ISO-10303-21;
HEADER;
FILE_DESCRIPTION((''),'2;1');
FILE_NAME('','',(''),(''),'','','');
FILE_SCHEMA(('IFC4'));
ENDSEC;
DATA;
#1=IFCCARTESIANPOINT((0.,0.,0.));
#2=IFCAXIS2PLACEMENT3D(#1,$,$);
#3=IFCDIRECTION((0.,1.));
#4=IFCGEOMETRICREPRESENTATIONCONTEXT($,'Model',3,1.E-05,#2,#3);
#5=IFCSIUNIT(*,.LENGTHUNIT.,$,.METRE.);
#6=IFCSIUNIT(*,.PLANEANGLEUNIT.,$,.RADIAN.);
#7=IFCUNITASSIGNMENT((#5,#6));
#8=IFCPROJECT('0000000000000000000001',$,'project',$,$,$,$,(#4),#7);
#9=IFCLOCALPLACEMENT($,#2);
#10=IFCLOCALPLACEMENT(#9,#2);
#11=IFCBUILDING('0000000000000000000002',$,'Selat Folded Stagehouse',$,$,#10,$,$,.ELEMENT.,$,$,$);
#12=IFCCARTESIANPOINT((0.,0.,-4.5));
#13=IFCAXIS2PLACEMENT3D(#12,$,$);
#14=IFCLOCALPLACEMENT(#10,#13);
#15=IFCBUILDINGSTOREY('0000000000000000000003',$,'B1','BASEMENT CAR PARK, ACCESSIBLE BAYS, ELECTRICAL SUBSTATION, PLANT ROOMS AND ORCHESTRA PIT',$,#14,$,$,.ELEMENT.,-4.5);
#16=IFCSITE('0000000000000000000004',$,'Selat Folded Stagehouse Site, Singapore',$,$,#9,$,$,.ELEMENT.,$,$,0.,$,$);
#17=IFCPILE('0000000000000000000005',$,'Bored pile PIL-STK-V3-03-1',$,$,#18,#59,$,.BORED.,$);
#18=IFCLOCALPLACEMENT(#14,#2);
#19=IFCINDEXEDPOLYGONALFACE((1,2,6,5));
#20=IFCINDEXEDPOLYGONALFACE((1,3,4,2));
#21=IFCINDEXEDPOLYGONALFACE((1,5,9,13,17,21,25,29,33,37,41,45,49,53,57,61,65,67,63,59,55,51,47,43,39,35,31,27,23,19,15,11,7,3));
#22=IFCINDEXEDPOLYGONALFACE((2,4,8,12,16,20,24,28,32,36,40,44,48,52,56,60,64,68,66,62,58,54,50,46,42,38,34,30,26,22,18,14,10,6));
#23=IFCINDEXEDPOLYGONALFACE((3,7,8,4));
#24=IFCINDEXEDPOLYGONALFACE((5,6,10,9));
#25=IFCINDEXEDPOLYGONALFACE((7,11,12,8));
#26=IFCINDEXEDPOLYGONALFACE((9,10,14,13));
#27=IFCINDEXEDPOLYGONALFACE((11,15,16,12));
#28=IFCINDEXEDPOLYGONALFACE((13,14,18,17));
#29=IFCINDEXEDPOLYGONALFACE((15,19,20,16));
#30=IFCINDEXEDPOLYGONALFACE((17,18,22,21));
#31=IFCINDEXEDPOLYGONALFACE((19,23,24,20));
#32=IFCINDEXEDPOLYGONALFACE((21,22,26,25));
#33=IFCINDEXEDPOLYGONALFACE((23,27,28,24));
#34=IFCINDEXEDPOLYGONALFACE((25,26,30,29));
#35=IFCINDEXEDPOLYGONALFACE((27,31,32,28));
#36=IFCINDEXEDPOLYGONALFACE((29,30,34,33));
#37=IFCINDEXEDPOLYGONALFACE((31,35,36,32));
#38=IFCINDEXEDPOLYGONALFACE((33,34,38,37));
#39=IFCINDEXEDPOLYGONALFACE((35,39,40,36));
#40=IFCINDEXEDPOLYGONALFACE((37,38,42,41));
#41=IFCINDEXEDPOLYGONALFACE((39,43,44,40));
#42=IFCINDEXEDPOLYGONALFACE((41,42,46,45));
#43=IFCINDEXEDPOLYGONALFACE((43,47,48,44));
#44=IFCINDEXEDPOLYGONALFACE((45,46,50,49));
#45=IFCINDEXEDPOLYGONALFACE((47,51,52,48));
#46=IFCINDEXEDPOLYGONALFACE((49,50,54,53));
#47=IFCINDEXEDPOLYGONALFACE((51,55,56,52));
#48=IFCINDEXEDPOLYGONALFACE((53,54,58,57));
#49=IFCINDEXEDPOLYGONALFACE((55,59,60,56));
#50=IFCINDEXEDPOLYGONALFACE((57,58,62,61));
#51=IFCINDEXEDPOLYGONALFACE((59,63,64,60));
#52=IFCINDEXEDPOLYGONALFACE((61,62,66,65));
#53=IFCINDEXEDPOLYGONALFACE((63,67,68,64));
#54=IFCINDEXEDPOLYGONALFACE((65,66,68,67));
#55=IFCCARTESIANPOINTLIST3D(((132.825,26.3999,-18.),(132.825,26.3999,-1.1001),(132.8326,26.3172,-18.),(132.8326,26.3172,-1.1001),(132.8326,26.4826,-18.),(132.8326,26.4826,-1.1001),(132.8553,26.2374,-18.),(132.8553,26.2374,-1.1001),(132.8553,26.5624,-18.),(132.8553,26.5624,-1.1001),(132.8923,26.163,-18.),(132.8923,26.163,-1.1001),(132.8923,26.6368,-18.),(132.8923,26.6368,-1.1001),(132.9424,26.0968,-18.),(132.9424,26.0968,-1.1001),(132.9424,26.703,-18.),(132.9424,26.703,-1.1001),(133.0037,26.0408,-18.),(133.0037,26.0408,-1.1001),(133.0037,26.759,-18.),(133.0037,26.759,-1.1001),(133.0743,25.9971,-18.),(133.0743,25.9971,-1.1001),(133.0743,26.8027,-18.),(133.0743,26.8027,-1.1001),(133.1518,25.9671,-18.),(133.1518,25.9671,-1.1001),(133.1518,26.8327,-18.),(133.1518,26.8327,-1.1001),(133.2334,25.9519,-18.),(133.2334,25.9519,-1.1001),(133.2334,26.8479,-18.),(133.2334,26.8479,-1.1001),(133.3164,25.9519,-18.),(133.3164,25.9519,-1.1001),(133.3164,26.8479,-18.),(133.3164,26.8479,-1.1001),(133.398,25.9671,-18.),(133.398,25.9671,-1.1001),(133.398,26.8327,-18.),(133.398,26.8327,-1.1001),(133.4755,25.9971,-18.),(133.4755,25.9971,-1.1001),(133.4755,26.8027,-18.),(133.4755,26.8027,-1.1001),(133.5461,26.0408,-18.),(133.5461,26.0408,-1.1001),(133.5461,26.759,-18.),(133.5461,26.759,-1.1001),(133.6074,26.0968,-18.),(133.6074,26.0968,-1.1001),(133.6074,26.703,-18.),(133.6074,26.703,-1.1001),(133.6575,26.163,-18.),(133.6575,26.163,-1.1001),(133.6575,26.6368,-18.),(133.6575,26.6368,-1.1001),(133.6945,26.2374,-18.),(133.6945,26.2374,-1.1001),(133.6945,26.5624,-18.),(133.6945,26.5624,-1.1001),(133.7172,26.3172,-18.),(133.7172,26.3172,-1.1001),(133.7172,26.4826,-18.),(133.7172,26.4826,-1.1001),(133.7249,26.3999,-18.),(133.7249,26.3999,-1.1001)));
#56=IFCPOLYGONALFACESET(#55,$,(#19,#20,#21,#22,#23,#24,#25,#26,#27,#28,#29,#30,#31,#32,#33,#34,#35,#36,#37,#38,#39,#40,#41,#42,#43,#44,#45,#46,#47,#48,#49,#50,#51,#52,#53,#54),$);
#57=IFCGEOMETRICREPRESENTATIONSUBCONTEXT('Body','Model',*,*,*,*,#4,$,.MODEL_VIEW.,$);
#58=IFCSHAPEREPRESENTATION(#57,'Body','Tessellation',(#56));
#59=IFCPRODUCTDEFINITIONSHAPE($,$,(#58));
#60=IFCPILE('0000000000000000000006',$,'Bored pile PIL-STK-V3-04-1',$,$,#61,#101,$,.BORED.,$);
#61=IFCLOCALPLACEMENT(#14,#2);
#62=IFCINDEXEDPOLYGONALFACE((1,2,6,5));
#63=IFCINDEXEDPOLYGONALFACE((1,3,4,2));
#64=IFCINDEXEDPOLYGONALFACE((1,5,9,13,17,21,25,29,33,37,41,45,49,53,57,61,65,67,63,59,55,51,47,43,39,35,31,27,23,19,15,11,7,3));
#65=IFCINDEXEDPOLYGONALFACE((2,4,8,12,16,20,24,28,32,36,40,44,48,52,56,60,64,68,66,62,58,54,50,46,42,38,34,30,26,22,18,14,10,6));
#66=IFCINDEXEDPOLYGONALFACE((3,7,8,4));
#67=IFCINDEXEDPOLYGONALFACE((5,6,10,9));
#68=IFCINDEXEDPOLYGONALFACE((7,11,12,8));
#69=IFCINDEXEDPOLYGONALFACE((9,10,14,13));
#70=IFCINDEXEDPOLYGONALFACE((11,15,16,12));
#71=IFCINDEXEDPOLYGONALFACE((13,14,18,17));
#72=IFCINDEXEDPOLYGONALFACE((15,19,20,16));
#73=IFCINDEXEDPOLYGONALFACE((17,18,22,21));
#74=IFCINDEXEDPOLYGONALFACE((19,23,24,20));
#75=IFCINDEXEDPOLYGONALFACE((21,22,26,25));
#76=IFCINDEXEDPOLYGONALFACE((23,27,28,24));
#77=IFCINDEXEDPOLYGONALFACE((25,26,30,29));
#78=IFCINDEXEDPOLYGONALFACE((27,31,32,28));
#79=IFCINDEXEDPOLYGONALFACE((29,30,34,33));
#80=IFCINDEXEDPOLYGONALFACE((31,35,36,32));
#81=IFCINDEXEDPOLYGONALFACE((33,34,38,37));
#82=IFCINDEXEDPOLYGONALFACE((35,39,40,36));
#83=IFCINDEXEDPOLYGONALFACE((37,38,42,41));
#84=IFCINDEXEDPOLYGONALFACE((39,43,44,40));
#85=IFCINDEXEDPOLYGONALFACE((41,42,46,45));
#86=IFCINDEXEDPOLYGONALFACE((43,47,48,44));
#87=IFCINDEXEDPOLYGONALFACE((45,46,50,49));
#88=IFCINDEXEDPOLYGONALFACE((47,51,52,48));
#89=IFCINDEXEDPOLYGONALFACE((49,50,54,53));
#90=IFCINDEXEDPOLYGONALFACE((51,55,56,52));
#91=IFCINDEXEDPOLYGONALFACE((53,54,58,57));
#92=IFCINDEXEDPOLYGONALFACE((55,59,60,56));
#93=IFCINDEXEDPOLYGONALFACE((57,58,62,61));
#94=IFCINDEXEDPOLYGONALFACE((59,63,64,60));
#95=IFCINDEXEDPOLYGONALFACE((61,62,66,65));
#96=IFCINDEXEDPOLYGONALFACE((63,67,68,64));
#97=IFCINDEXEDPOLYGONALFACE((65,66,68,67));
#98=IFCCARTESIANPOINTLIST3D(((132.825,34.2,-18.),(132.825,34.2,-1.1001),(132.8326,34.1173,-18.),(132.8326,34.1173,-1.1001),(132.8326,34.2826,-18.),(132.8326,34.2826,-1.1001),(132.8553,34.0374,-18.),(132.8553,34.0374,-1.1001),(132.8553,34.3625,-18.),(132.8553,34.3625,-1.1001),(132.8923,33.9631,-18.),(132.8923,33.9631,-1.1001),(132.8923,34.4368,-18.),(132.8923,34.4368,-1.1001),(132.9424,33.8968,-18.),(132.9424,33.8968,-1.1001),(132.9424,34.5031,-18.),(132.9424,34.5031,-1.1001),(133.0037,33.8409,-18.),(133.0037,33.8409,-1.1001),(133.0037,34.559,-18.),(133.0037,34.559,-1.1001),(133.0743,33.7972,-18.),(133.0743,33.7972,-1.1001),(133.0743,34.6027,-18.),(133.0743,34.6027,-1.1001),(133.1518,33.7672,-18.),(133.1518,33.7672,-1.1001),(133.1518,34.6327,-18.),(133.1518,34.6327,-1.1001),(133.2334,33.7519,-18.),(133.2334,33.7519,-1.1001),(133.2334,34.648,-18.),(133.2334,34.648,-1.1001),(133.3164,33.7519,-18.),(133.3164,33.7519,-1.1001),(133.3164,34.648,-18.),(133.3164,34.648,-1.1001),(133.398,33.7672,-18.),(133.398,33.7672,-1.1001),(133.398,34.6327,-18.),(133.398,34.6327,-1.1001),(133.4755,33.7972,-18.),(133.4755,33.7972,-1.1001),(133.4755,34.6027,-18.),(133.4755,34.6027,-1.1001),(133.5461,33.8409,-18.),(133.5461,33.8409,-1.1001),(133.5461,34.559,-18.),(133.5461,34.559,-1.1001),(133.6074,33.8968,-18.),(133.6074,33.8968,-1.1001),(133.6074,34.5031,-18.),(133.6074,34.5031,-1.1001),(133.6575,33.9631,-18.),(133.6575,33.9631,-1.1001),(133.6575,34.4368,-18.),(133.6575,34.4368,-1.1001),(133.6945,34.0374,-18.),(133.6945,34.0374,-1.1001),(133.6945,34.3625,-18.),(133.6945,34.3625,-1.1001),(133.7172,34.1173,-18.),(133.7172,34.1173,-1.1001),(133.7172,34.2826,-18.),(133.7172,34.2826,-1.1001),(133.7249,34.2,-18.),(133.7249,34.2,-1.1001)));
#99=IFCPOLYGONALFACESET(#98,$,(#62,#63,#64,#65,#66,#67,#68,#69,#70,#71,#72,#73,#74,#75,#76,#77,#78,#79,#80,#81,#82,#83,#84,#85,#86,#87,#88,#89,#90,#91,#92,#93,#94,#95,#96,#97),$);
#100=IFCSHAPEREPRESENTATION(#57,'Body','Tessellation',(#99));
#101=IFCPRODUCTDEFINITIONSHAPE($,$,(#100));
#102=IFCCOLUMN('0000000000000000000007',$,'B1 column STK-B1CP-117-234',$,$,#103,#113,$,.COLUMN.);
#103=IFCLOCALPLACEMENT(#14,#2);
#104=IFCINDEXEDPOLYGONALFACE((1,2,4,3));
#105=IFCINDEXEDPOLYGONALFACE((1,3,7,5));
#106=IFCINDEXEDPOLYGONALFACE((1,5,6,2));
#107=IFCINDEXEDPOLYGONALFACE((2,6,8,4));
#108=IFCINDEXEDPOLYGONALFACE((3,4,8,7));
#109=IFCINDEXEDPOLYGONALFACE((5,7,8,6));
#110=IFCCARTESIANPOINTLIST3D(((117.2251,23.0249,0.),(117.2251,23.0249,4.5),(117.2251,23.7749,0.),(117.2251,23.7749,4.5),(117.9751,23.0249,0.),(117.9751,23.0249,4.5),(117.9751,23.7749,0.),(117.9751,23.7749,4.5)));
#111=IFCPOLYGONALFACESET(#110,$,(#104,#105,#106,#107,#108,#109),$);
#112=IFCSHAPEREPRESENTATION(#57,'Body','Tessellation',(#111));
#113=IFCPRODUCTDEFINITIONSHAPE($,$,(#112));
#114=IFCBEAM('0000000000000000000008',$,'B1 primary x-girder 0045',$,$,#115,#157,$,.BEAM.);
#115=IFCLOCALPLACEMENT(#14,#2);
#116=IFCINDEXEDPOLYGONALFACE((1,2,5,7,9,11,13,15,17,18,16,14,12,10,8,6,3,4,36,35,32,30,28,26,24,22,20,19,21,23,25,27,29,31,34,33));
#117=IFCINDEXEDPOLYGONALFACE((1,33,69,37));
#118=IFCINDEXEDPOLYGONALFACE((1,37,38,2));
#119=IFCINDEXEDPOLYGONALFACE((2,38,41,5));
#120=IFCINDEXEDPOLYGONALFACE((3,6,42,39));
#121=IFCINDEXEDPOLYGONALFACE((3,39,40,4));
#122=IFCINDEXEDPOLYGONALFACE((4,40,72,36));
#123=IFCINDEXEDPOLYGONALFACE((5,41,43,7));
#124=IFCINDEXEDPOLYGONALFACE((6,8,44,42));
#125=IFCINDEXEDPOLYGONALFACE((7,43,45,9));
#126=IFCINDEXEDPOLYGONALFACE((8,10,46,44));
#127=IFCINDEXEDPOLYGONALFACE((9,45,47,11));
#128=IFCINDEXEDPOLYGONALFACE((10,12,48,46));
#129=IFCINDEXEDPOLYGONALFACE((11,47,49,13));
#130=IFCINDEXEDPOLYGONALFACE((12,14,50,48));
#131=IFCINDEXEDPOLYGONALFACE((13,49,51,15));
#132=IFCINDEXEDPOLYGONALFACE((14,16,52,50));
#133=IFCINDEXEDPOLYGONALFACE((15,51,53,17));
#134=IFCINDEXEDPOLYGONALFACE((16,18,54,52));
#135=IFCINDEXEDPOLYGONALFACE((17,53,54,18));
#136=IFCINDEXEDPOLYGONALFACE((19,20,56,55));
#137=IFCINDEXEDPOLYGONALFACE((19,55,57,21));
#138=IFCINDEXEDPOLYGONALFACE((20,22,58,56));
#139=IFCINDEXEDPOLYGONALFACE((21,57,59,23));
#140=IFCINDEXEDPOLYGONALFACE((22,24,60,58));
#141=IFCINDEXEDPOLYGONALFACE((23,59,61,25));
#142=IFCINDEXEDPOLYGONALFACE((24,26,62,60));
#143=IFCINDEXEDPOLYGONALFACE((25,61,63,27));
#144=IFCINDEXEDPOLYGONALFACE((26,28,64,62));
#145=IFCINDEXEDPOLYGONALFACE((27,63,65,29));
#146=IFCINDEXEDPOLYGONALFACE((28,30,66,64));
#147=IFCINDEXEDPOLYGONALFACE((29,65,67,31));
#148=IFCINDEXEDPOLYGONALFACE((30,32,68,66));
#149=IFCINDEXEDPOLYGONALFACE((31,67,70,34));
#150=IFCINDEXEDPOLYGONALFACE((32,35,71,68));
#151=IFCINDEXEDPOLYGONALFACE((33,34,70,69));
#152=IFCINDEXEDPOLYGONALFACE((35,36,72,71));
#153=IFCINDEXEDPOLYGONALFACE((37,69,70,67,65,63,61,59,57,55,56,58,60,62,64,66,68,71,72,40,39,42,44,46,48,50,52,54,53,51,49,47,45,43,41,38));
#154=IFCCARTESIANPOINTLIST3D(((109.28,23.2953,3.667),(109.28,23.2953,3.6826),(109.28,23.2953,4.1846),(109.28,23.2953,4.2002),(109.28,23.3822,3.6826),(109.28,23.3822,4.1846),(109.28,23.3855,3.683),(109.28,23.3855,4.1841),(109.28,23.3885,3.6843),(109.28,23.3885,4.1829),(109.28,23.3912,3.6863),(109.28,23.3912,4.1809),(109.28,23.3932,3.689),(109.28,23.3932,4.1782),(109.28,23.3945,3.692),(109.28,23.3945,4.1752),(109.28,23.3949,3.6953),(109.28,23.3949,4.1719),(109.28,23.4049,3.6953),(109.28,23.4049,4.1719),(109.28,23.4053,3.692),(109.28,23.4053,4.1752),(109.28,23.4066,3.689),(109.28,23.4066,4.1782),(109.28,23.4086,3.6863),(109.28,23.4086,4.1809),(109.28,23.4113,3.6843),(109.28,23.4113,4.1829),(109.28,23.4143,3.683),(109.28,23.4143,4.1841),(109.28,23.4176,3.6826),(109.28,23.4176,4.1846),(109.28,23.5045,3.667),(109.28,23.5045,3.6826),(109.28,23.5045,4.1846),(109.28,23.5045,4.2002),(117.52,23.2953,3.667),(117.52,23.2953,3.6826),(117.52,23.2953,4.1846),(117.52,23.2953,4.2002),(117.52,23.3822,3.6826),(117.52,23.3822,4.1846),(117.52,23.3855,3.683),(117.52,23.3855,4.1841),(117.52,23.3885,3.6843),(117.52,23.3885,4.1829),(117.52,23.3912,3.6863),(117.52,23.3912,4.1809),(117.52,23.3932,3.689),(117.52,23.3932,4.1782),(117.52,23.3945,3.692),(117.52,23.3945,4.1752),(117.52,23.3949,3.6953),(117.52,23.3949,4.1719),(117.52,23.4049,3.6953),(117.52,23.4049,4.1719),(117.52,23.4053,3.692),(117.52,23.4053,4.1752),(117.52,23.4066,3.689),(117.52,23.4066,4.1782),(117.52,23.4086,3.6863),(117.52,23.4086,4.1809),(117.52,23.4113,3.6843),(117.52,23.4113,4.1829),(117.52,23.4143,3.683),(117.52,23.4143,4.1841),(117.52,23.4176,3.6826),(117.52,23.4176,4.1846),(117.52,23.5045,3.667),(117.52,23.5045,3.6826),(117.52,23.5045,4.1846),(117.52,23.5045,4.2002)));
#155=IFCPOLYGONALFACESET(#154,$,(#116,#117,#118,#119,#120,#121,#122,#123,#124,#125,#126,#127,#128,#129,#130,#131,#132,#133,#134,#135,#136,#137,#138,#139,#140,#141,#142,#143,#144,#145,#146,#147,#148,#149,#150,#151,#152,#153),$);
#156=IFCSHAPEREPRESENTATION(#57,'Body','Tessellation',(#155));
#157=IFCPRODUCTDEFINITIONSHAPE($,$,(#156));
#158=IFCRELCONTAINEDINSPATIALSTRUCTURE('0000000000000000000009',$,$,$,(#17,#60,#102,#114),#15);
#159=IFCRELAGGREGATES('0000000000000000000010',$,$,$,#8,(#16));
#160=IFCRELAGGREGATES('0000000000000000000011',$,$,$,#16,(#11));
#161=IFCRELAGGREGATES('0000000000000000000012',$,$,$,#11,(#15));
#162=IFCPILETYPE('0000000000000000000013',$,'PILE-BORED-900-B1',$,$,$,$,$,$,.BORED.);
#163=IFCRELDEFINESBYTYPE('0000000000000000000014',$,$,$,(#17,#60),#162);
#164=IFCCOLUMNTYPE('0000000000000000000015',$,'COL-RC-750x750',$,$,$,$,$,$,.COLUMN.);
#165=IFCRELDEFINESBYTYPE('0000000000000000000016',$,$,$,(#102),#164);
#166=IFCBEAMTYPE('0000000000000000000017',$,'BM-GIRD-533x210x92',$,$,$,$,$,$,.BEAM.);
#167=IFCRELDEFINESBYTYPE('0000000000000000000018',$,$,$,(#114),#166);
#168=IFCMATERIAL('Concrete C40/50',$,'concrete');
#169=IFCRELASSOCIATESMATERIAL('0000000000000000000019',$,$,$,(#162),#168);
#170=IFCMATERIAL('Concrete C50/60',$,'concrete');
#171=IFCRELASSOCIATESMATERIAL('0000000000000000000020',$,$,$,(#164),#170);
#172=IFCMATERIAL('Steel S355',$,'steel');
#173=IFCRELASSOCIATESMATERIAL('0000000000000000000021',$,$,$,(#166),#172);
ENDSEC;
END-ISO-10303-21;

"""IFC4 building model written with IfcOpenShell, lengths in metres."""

from ifc_helpers import new_model, si_unit, direction, frame, origin, origin_2d, place, context, subcontext, project, spatial, rectangle, circle, i_section, extrude, material, material_profile, profile_set, type_object, element, save


model = new_model("IFC4")

# Units and contexts
model_context = context("Model", 3, precision=1e-05, world=origin(), true_north=direction((0.0, 1.0)))
body_context = subcontext(model_context, "Body", "Model", "MODEL_VIEW")
ifc_project = project(units=[si_unit("LENGTHUNIT", "METRE"), si_unit("PLANEANGLEUNIT", "RADIAN")], contexts=[model_context])

# Site, building, storey
site_placement = place(None, origin())
site = spatial("IfcSite", under=ifc_project, at=site_placement, Name="Selat Folded Stagehouse Site, Singapore", CompositionType="ELEMENT", RefElevation=0.0)
building_placement = place(site_placement, origin())
building = spatial("IfcBuilding", under=site, at=building_placement, Name="Selat Folded Stagehouse", CompositionType="ELEMENT")
storey_placement = place(building_placement, frame((0.0, 0.0, -4.5)))
storey = spatial("IfcBuildingStorey", under=building, at=storey_placement, Name="B1", Description="BASEMENT CAR PARK, ACCESSIBLE BAYS, ELECTRICAL SUBSTATION, PLANT ROOMS AND ORCHESTRA PIT", CompositionType="ELEMENT", Elevation=-4.5)

# Shared definitions
ifc_material_1 = material(Name="Concrete C40/50", Category="concrete")

# Piles
ifc_material_profile_1 = material_profile(ifc_material_1, circle(Radius=0.45, at=origin_2d()), Name="PILE D900")
ifc_profile_set_1 = profile_set([ifc_material_profile_1], Name="Concrete C40/50")
pile_type = type_object("IfcPileType", Name="PILE-BORED-900-B1", PredefinedType="BORED", material=ifc_profile_set_1)
for number, where, z_axis, x_axis, name in (
    (1, (133.2749, 26.3999, -1.1001), (0.0, 0.0, -1.0), (1.0, 0.0, 0.0), "Bored pile PIL-STK-V3-03-1"),
    (2, (133.2749, 34.2, -1.1001), (0.0, 0.0, -1.0), (1.0, 0.0, 0.0), "Bored pile PIL-STK-V3-04-1"),
):
    element("IfcPile", number, at=place(storey_placement, frame(where, z_axis=z_axis, x_axis=x_axis)), inside=storey, type_object=pile_type, Name=name, PredefinedType="BORED", context=body_context, shape_type="SweptSolid", body=[
        extrude(circle(Radius=0.45, at=origin_2d()), origin(), (0.0, 0.0, 1.0), 16.8999),
    ])

# Column
ifc_material_2 = material(Name="Concrete C50/60", Category="concrete")
ifc_material_profile_2 = material_profile(ifc_material_2, rectangle(XDim=0.75, YDim=0.75, at=origin_2d()), Name="RC 750x750")
ifc_profile_set_2 = profile_set([ifc_material_profile_2], Name="Concrete C50/60")
column_type = type_object("IfcColumnType", Name="COL-RC-750x750", PredefinedType="COLUMN", material=ifc_profile_set_2)
column_placement = place(storey_placement, frame((117.6001, 23.3999, 0.0), z_axis=(0.0, 0.0, 1.0), x_axis=(1.0, 0.0, 0.0)))
element("IfcColumn", 3, at=column_placement, inside=storey, type_object=column_type, Name="B1 column STK-B1CP-117-234", PredefinedType="COLUMN", context=body_context, shape_type="SweptSolid", body=[
    extrude(rectangle(XDim=0.75, YDim=0.75, at=origin_2d()), origin(), (0.0, 0.0, 1.0), 4.5),
])

# Beam
ifc_material_3 = material(Name="Steel S355", Category="steel")
ifc_material_profile_3 = material_profile(ifc_material_3, i_section(OverallWidth=0.2092, OverallDepth=0.5332, WebThickness=0.01, FlangeThickness=0.0156, FilletRadius=0.0127, at=origin_2d()), Name="UKB 533x210x92")
ifc_profile_set_3 = profile_set([ifc_material_profile_3], Name="Steel S355")
beam_type_1 = type_object("IfcBeamType", Name="BM-GIRD-533x210x92", PredefinedType="BEAM", material=ifc_profile_set_3)
beam_1_placement = place(storey_placement, frame((109.28, 23.3999, 3.9336), z_axis=(1.0, 0.0, 0.0), x_axis=(0.0, 1.0, 0.0)))
element("IfcBeam", 4, at=beam_1_placement, inside=storey, type_object=beam_type_1, Name="B1 primary x-girder 0045", PredefinedType="BEAM", context=body_context, shape_type="SweptSolid", body=[
    extrude(i_section(OverallWidth=0.2092, OverallDepth=0.5332, WebThickness=0.01, FlangeThickness=0.0156, FilletRadius=0.0127, at=origin_2d()), origin(), (0.0, 0.0, 1.0), 8.24),
])

save(model, "model.ifc")
